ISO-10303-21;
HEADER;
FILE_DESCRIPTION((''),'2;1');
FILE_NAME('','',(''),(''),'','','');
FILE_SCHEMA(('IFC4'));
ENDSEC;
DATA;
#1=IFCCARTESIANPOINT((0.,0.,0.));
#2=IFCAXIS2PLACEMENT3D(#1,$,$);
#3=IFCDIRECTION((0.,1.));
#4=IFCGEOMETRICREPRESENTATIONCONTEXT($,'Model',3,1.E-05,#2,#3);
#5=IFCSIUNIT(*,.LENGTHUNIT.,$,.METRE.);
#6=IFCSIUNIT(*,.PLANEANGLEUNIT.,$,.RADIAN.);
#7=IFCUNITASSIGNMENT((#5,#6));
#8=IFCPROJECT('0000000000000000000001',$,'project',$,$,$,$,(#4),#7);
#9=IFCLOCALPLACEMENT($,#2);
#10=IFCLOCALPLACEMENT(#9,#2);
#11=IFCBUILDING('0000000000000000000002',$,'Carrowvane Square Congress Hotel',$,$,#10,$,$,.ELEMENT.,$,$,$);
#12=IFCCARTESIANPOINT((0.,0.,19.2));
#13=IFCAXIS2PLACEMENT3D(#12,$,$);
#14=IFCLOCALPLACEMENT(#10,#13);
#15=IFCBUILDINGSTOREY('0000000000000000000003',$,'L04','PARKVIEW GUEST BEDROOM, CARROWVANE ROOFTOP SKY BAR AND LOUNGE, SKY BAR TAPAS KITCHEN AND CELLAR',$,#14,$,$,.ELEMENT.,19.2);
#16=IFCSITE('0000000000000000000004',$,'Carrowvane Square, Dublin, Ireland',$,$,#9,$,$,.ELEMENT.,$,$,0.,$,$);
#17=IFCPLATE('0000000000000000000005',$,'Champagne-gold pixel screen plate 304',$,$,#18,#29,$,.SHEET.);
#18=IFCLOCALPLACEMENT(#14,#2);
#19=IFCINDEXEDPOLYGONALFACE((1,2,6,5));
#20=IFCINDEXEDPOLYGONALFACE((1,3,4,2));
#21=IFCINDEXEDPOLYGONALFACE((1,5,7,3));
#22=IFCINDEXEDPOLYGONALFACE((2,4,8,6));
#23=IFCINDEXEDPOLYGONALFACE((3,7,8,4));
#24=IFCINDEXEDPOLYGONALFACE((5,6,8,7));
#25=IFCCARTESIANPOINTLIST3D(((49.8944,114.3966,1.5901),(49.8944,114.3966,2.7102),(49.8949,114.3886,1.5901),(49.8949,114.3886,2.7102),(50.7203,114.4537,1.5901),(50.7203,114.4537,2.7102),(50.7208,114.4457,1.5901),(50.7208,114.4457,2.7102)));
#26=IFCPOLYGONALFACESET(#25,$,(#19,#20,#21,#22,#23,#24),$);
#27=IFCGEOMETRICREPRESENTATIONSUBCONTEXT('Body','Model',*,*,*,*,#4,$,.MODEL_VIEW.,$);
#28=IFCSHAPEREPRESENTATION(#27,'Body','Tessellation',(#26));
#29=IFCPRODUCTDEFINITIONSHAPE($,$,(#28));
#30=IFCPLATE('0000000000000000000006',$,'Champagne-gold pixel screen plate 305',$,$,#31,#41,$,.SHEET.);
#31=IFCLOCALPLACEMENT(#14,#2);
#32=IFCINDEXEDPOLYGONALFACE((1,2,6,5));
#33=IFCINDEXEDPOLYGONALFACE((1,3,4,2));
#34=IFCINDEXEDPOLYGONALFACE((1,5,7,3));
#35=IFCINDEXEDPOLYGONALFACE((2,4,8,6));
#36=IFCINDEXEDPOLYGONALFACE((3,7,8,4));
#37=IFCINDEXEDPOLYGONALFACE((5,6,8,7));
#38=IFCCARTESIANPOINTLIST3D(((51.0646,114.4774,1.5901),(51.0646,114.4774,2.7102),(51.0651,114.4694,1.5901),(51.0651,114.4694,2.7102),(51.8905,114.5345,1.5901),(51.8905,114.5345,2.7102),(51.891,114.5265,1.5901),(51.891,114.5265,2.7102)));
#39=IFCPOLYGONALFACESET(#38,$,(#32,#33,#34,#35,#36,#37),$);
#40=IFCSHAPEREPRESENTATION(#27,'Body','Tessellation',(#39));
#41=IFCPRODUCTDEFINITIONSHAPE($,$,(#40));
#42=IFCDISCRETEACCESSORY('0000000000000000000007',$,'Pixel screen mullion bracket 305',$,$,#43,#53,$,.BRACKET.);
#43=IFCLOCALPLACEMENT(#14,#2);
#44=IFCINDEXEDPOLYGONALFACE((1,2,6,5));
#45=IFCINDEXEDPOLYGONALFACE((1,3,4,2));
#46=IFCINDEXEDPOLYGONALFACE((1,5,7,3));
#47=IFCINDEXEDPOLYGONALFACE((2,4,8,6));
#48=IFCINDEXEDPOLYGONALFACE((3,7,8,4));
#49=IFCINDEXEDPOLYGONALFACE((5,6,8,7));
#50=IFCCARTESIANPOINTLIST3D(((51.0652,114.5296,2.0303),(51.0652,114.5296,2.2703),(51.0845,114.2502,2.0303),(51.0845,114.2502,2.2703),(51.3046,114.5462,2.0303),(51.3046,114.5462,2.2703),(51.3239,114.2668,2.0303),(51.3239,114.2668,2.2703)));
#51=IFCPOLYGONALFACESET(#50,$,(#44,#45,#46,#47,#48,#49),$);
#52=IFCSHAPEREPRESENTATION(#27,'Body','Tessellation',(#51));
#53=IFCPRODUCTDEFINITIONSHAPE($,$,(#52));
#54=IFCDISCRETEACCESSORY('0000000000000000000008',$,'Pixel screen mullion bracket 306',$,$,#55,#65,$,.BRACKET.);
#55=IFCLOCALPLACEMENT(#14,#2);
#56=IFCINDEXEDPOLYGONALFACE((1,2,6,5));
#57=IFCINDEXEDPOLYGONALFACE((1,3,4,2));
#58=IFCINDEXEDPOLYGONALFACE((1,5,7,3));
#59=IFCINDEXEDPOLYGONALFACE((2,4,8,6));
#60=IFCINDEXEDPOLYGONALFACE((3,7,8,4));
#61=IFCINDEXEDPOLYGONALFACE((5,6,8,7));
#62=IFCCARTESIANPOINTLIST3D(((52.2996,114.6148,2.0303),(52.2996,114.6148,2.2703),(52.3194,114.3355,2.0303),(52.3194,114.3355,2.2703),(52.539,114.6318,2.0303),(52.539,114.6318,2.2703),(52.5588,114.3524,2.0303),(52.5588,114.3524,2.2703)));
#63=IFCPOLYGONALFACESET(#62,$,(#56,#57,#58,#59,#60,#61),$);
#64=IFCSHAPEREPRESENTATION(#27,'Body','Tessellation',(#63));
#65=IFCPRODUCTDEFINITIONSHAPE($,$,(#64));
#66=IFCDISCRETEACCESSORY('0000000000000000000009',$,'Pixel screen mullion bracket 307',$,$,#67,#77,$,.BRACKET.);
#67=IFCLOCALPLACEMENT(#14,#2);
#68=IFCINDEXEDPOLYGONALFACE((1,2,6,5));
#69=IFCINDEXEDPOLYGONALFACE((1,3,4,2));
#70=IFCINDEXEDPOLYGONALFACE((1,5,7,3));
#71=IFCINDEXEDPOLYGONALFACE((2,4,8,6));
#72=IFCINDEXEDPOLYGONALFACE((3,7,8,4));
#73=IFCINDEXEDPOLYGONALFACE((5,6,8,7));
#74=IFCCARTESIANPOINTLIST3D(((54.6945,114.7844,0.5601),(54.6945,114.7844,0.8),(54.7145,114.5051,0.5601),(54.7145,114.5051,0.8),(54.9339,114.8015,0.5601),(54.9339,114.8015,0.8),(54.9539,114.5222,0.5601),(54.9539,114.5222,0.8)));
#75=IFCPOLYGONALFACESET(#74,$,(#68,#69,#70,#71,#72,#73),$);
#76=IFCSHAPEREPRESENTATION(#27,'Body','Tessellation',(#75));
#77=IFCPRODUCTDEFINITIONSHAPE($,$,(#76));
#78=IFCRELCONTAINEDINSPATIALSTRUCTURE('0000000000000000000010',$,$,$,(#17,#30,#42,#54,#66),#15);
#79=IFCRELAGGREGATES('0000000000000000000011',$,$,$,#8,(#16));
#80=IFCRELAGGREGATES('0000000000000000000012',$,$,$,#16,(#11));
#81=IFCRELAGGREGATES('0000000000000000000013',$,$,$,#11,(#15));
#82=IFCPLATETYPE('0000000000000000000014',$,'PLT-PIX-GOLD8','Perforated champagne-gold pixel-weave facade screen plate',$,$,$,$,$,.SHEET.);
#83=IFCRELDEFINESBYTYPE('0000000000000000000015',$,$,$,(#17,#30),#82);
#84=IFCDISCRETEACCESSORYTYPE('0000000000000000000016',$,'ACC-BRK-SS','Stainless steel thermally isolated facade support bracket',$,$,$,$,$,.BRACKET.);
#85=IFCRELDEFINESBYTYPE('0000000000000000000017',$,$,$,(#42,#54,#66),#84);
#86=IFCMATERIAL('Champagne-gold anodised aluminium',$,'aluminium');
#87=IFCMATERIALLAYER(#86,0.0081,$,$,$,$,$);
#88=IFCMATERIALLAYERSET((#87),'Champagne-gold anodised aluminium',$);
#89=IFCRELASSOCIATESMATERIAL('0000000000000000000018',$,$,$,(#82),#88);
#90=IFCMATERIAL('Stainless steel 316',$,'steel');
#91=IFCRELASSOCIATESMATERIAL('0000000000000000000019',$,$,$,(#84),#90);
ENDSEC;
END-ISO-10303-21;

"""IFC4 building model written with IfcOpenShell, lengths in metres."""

from ifc_helpers import new_model, si_unit, direction, frame, origin, origin_2d, place, context, subcontext, project, spatial, rectangle, extrude, material, layer, layer_set, type_object, element, save


model = new_model("IFC4")

# Units and contexts
model_context = context("Model", 3, precision=1e-05, world=origin(), true_north=direction((0.0, 1.0)))
body_context = subcontext(model_context, "Body", "Model", "MODEL_VIEW")
ifc_project = project(units=[si_unit("LENGTHUNIT", "METRE"), si_unit("PLANEANGLEUNIT", "RADIAN")], contexts=[model_context])

# Site, building, storey
site_placement = place(None, origin())
site = spatial("IfcSite", under=ifc_project, at=site_placement, Name="Carrowvane Square, Dublin, Ireland", CompositionType="ELEMENT", RefElevation=0.0)
building_placement = place(site_placement, origin())
building = spatial("IfcBuilding", under=site, at=building_placement, Name="Carrowvane Square Congress Hotel", CompositionType="ELEMENT")
storey_placement = place(building_placement, frame((0.0, 0.0, 19.2)))
storey = spatial("IfcBuildingStorey", under=building, at=storey_placement, Name="L04", Description="PARKVIEW GUEST BEDROOM, CARROWVANE ROOFTOP SKY BAR AND LOUNGE, SKY BAR TAPAS KITCHEN AND CELLAR", CompositionType="ELEMENT", Elevation=19.2)

# Plates
ifc_material_1 = material(Name="Champagne-gold anodised aluminium", Category="aluminium")
ifc_layer_1 = layer(ifc_material_1, 0.0081)
ifc_layer_set_1 = layer_set([ifc_layer_1], Name="Champagne-gold anodised aluminium")
plate_type_1 = type_object("IfcPlateType", Name="PLT-PIX-GOLD8", Description="Perforated champagne-gold pixel-weave facade screen plate", PredefinedType="SHEET", material=ifc_layer_set_1)
for number, where, z_axis, x_axis, name in (
    (1, (50.3076, 114.4211, 1.5901), (0.0, 0.0, 1.0), (0.997618, 0.068987, 0.0), "Champagne-gold pixel screen plate 304"),
    (2, (51.4778, 114.502, 1.5901), (0.0, 0.0, 1.0), (0.997618, 0.068987, 0.0), "Champagne-gold pixel screen plate 305"),
):
    element("IfcPlate", number, at=place(storey_placement, frame(where, z_axis=z_axis, x_axis=x_axis)), inside=storey, type_object=plate_type_1, Name=name, PredefinedType="SHEET", context=body_context, shape_type="SweptSolid", body=[
        extrude(rectangle(XDim=0.8279, YDim=0.0081, at=origin_2d()), origin(), (0.0, 0.0, 1.0), 1.1201),
    ])

# Discrete accessories
ifc_material_2 = material(Name="Stainless steel 316", Category="steel")
discrete_accessory_type = type_object("IfcDiscreteAccessoryType", Name="ACC-BRK-SS", Description="Stainless steel thermally isolated facade support bracket", PredefinedType="BRACKET", material=ifc_material_2)
for number, where, z_axis, x_axis, name in (
    (3, (51.1946, 114.3982, 2.0303), (0.0, 0.0, 1.0), (0.997618, 0.068987, 0.0), "Pixel screen mullion bracket 305"),
    (4, (52.4292, 114.4836, 2.0303), (0.0, 0.0, 1.0), (0.997506, 0.070585, 0.0), "Pixel screen mullion bracket 306"),
    (5, (54.8242, 114.6533, 0.5601), (0.0, 0.0, 1.0), (0.997446, 0.07142, 0.0), "Pixel screen mullion bracket 307"),
):
    element("IfcDiscreteAccessory", number, at=place(storey_placement, frame(where, z_axis=z_axis, x_axis=x_axis)), inside=storey, type_object=discrete_accessory_type, Name=name, PredefinedType="BRACKET", context=body_context, shape_type="SweptSolid", body=[
        extrude(rectangle(XDim=0.24, YDim=0.28, at=origin_2d()), origin(), (0.0, 0.0, 1.0), 0.24),
    ])

save(model, "model.ifc")
